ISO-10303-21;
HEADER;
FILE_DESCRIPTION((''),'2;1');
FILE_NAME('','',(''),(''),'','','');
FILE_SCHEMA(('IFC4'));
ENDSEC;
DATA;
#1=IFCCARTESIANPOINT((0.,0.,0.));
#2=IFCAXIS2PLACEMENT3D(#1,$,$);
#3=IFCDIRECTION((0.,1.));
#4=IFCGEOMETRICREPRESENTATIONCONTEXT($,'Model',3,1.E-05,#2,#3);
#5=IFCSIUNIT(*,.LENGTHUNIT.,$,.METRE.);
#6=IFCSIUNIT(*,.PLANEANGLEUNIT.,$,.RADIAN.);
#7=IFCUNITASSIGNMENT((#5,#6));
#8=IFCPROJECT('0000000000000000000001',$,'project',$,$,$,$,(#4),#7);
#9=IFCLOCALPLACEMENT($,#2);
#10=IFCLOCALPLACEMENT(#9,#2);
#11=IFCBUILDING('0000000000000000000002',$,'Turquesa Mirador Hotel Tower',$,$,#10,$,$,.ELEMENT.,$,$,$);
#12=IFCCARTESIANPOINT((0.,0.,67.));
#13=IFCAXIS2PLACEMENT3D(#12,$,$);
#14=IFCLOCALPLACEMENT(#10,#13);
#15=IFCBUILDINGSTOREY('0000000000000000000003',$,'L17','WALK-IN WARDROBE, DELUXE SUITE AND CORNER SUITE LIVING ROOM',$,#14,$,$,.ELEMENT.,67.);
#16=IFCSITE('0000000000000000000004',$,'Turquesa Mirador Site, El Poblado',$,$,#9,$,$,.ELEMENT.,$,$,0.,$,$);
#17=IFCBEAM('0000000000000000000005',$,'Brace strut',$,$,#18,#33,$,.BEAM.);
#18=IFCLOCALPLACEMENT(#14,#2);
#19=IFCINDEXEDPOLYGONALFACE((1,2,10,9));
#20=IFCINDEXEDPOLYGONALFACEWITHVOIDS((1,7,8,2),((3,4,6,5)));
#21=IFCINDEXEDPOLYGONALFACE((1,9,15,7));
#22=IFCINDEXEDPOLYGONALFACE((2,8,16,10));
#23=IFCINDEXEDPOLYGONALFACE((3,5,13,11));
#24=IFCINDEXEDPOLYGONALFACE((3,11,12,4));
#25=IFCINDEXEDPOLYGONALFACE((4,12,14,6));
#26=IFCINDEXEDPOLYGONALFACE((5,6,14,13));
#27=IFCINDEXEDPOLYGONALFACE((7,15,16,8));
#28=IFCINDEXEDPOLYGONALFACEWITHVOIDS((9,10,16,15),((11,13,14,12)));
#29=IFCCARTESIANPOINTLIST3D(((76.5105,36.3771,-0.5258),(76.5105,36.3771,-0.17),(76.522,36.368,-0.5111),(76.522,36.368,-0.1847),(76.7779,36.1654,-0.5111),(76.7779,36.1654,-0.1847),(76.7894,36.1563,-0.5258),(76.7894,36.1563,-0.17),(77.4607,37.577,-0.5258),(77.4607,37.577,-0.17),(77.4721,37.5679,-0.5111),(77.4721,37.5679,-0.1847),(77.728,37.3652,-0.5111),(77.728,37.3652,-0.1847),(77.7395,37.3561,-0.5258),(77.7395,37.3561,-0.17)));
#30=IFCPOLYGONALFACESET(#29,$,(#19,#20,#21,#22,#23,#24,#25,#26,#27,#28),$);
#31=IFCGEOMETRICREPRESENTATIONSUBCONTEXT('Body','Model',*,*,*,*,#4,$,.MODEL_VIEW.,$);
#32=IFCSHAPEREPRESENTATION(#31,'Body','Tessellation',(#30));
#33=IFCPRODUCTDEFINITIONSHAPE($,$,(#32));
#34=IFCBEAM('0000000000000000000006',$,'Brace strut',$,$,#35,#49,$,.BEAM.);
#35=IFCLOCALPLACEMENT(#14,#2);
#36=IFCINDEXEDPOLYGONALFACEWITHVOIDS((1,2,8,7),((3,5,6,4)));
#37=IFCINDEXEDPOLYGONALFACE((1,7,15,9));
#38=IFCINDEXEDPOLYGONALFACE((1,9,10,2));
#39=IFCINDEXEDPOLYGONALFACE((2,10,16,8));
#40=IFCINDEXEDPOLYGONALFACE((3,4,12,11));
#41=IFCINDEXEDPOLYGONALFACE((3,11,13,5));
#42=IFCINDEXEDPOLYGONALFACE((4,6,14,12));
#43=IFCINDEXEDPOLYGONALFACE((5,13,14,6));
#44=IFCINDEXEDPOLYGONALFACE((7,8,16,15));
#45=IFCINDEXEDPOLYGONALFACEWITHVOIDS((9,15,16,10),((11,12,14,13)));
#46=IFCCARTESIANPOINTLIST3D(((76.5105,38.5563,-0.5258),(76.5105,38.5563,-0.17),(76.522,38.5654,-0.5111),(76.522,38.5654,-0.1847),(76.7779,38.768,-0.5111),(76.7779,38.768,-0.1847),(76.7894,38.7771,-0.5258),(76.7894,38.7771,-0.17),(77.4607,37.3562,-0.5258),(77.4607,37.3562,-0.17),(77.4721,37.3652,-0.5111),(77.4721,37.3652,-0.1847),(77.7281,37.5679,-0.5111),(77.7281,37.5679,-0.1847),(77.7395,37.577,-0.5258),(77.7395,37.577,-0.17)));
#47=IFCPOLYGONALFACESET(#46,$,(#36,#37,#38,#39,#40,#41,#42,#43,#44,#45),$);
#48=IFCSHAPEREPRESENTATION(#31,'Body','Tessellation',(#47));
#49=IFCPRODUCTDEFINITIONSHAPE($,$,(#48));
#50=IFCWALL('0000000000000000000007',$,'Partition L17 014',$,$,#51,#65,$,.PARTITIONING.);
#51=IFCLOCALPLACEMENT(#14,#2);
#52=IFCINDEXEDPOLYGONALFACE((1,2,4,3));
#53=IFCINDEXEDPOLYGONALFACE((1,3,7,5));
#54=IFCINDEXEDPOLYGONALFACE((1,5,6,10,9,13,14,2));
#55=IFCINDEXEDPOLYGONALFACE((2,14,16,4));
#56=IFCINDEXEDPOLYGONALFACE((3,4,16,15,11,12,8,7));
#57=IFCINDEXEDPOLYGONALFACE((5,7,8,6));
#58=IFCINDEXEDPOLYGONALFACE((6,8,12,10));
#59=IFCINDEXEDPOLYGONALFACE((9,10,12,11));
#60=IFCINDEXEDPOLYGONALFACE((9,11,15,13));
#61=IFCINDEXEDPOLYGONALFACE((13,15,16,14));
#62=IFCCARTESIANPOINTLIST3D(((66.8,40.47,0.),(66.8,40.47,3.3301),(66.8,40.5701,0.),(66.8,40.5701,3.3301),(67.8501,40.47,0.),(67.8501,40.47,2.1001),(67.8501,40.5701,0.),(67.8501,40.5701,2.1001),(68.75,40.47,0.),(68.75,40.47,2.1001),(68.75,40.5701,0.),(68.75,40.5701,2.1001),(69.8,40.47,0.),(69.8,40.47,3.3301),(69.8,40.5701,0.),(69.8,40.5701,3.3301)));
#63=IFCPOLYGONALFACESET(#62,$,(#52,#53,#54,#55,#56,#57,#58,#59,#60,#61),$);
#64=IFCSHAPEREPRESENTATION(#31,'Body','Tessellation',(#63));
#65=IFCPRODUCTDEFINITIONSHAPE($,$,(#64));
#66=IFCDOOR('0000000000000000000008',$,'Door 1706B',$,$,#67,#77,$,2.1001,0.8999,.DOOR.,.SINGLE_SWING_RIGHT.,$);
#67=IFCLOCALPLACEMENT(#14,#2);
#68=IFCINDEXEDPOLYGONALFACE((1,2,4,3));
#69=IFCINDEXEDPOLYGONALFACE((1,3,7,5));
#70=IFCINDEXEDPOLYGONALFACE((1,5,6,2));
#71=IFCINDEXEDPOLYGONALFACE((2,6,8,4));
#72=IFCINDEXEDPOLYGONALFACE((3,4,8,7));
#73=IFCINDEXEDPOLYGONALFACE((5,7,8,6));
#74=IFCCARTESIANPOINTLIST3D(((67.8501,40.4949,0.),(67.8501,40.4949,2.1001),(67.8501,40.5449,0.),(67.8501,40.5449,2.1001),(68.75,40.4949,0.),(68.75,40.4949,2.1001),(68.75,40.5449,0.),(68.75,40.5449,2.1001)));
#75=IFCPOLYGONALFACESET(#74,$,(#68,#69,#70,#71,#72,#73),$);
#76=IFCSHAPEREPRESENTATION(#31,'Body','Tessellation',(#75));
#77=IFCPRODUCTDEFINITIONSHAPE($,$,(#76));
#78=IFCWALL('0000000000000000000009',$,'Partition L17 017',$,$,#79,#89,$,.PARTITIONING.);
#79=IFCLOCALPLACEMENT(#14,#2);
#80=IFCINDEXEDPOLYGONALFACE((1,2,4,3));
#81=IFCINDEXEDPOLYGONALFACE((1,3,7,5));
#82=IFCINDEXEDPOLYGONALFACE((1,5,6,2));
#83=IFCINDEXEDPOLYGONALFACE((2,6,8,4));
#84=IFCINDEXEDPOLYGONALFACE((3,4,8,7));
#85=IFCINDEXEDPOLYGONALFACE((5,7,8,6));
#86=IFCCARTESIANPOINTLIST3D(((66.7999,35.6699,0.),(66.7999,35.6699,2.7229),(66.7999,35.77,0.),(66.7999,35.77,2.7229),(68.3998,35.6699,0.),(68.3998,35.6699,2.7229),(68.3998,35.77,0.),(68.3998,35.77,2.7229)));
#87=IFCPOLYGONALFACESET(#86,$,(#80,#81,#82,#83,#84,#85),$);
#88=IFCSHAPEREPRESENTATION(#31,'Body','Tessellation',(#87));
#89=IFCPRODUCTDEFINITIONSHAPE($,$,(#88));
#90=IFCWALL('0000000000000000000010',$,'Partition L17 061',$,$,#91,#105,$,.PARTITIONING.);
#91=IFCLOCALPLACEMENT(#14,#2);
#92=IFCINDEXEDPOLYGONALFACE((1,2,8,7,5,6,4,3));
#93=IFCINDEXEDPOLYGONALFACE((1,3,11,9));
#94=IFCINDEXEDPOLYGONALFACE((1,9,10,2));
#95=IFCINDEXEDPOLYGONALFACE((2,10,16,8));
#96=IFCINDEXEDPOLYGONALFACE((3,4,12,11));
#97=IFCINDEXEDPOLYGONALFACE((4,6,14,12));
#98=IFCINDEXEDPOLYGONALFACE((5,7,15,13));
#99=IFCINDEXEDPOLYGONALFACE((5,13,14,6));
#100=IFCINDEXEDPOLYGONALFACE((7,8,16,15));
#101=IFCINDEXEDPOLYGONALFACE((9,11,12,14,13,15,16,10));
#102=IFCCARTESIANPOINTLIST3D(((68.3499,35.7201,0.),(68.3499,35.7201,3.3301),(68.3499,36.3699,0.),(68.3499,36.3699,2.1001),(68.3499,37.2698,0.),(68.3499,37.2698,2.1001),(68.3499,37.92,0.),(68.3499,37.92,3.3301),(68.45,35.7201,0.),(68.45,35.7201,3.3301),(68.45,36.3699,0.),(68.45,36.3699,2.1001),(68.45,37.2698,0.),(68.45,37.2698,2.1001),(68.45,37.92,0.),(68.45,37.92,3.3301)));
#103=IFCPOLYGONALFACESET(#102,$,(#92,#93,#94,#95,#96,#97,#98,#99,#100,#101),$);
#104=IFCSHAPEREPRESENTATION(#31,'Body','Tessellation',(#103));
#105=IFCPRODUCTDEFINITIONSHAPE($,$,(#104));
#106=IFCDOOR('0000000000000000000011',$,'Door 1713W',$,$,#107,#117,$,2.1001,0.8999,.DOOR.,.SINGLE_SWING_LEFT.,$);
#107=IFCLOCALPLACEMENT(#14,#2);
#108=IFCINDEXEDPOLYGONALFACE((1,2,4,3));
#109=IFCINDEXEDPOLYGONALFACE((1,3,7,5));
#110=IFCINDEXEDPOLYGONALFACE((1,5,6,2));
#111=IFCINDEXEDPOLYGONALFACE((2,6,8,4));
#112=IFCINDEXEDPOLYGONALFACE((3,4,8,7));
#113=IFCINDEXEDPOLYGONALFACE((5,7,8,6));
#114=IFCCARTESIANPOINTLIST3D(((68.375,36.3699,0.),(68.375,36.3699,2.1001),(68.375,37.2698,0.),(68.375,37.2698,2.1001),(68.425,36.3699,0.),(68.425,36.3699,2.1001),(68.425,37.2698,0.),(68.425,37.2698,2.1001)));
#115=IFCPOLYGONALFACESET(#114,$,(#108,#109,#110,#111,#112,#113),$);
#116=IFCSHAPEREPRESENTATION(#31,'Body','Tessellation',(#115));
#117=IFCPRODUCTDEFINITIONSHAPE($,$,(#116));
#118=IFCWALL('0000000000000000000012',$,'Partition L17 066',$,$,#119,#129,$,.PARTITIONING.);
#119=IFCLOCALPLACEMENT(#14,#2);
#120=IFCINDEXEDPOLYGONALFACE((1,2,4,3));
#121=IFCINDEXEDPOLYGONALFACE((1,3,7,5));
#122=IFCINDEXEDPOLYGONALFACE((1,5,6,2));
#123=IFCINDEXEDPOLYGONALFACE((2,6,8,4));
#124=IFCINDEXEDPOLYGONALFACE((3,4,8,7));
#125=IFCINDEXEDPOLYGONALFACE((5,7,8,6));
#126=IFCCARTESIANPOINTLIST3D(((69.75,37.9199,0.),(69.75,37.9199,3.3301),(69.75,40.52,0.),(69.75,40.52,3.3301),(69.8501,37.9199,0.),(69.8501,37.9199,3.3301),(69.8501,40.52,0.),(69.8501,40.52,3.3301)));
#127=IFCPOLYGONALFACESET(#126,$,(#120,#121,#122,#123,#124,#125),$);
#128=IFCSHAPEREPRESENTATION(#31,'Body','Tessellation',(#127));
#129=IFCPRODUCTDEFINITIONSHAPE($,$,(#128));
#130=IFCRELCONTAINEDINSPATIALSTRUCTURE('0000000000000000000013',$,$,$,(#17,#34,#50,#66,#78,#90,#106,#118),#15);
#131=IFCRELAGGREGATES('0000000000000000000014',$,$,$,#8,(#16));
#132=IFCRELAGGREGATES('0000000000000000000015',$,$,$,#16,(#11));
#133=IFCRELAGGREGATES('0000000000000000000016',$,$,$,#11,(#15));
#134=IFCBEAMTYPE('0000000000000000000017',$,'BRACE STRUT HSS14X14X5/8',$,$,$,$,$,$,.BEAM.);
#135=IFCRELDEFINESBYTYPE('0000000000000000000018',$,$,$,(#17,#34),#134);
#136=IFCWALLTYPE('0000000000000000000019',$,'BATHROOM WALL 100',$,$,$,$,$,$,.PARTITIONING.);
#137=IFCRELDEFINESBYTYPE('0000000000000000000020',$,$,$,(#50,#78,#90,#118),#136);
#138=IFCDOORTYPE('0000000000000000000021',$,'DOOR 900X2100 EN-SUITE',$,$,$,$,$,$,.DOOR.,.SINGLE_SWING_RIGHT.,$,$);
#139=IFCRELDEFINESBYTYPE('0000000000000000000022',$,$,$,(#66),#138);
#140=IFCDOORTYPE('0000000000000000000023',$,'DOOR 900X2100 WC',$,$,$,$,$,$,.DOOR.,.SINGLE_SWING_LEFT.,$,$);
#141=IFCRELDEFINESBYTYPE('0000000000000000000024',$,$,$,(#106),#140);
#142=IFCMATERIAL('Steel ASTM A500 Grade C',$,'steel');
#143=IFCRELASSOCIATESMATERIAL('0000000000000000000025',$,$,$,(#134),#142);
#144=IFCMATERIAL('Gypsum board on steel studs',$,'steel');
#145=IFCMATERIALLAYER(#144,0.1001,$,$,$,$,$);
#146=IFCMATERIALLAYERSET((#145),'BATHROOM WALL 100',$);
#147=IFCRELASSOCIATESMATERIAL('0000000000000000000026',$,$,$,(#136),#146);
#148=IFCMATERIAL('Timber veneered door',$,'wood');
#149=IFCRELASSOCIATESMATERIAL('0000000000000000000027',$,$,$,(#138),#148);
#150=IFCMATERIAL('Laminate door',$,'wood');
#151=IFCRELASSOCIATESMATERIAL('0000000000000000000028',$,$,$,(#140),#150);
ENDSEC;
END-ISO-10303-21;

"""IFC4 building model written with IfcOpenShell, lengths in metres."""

from ifc_helpers import new_model, si_unit, direction, frame, frame_2d, origin, origin_2d, place, context, subcontext, project, spatial, rectangle, hollow_rectangle, extrude, material, layer, layer_set, material_profile, profile_set, type_object, element, fill, save


model = new_model("IFC4")

# Units and contexts
model_context = context("Model", 3, precision=1e-05, world=origin(), true_north=direction((0.0, 1.0)))
body_context = subcontext(model_context, "Body", "Model", "MODEL_VIEW")
ifc_project = project(units=[si_unit("LENGTHUNIT", "METRE"), si_unit("PLANEANGLEUNIT", "RADIAN")], contexts=[model_context])

# Site, building, storey
site_placement = place(None, origin())
site = spatial("IfcSite", under=ifc_project, at=site_placement, Name="Turquesa Mirador Site, El Poblado", CompositionType="ELEMENT", RefElevation=0.0)
building_placement = place(site_placement, origin())
building = spatial("IfcBuilding", under=site, at=building_placement, Name="Turquesa Mirador Hotel Tower", CompositionType="ELEMENT")
storey_placement = place(building_placement, frame((0.0, 0.0, 67.0)))
storey = spatial("IfcBuildingStorey", under=building, at=storey_placement, Name="L17", Description="WALK-IN WARDROBE, DELUXE SUITE AND CORNER SUITE LIVING ROOM", CompositionType="ELEMENT", Elevation=67.0)

# Beams
ifc_material_1 = material(Name="Steel ASTM A500 Grade C", Category="steel")
ifc_material_profile_1 = material_profile(ifc_material_1, hollow_rectangle(XDim=0.3557, YDim=0.3557, WallThickness=0.0146, at=origin_2d()), Name="HSS14X14X5/8")
ifc_profile_set_1 = profile_set([ifc_material_profile_1], Name="Steel ASTM A500 Grade C")
beam_type_1 = type_object("IfcBeamType", Name="BRACE STRUT HSS14X14X5/8", PredefinedType="BEAM", material=ifc_profile_set_1)
beam_1_placement = place(storey_placement, frame((77.6001, 37.4666, -0.3479), z_axis=(-0.620797, -0.783971, 0.0), x_axis=(0.783971, -0.620797, 0.0)))
element("IfcBeam", 1, at=beam_1_placement, inside=storey, type_object=beam_type_1, Name="Brace strut", PredefinedType="BEAM", context=body_context, shape_type="SweptSolid", body=[
    extrude(hollow_rectangle(XDim=0.3557, YDim=0.3557, WallThickness=0.0146, at=origin_2d()), origin(), (0.0, 0.0, 1.0), 1.5305),
])
beam_2_placement = place(storey_placement, frame((77.6001, 37.4666, -0.3479), z_axis=(-0.620719, 0.784033, 0.0), x_axis=(-0.784033, -0.620719, 0.0)))
element("IfcBeam", 2, at=beam_2_placement, inside=storey, type_object=beam_type_1, Name="Brace strut", PredefinedType="BEAM", context=body_context, shape_type="SweptSolid", body=[
    extrude(hollow_rectangle(XDim=0.3557, YDim=0.3557, WallThickness=0.0146, at=origin_2d()), origin(), (0.0, 0.0, 1.0), 1.5308),
])

# Wall, opening, door
ifc_material_2 = material(Name="Gypsum board on steel studs", Category="steel")
ifc_layer_1 = layer(ifc_material_2, 0.1001)
ifc_layer_set_1 = layer_set([ifc_layer_1], Name="BATHROOM WALL 100")
wall_type_1 = type_object("IfcWallType", Name="BATHROOM WALL 100", PredefinedType="PARTITIONING", material=ifc_layer_set_1)
wall_1_placement = place(storey_placement, frame((66.8, 40.52, 0.0), z_axis=(0.0, 0.0, 1.0), x_axis=(1.0, 0.0, 0.0)))
wall_1 = element("IfcWall", 3, at=wall_1_placement, inside=storey, type_object=wall_type_1, Name="Partition L17 014", PredefinedType="PARTITIONING", context=body_context, shape_type="SweptSolid", body=[
    extrude(rectangle(XDim=3.0, YDim=0.1001, at=frame_2d((1.5, 0.0))), origin(), (0.0, 0.0, 1.0), 3.3301),
])
opening_1_placement = place(wall_1_placement, frame((1.05, 0.0, 0.0)))
opening_1 = element("IfcOpeningElement", 4, at=opening_1_placement, cuts=wall_1, PredefinedType="OPENING", context=body_context, shape_type="SweptSolid", body=[
    extrude(rectangle(XDim=0.8999, YDim=2.1001, at=frame_2d((0.45, 1.05))), frame((0.0, 0.0601, 0.0), z_axis=(0.0, -1.0, 0.0), x_axis=(1.0, 0.0, 0.0)), (0.0, 0.0, 1.0), 0.1201),
])
ifc_material_3 = material(Name="Timber veneered door", Category="wood")
door_type_1 = type_object("IfcDoorType", Name="DOOR 900X2100 EN-SUITE", OperationType="SINGLE_SWING_RIGHT", PredefinedType="DOOR", material=ifc_material_3)
door_1_placement = place(opening_1_placement, origin())
door_1 = element("IfcDoor", 5, at=door_1_placement, inside=storey, type_object=door_type_1, Name="Door 1706B", OperationType="SINGLE_SWING_RIGHT", OverallHeight=2.1001, OverallWidth=0.8999, PredefinedType="DOOR", context=body_context, shape_type="SweptSolid", body=[
    extrude(rectangle(XDim=0.8999, YDim=2.1001, at=frame_2d((0.45, 1.05))), frame((0.0, 0.0249, 0.0), z_axis=(0.0, -1.0, 0.0), x_axis=(1.0, 0.0, 0.0)), (0.0, 0.0, 1.0), 0.05),
])
fill(opening_1, door_1)

# Wall
wall_2_placement = place(storey_placement, frame((66.8, 35.72, 0.0), z_axis=(0.0, 0.0, 1.0), x_axis=(1.0, 0.0, 0.0)))
element("IfcWall", 6, at=wall_2_placement, inside=storey, type_object=wall_type_1, Name="Partition L17 017", PredefinedType="PARTITIONING", context=body_context, shape_type="SweptSolid", body=[
    extrude(rectangle(XDim=1.5999, YDim=0.1001, at=frame_2d((0.7998, 0.0))), origin(), (0.0, 0.0, 1.0), 2.7229),
])

# Wall, opening, door
wall_3_placement = place(storey_placement, frame((68.3999, 35.72, 0.0), z_axis=(0.0, 0.0, 1.0), x_axis=(0.0, 1.0, 0.0)))
wall_3 = element("IfcWall", 7, at=wall_3_placement, inside=storey, type_object=wall_type_1, Name="Partition L17 061", PredefinedType="PARTITIONING", context=body_context, shape_type="SweptSolid", body=[
    extrude(rectangle(XDim=2.2, YDim=0.1001, at=frame_2d((1.1001, 0.0))), origin(), (0.0, 0.0, 1.0), 3.3301),
])
opening_2_placement = place(wall_3_placement, frame((0.6499, 0.0, 0.0)))
opening_2 = element("IfcOpeningElement", 8, at=opening_2_placement, cuts=wall_3, PredefinedType="OPENING", context=body_context, shape_type="SweptSolid", body=[
    extrude(rectangle(XDim=0.8999, YDim=2.1001, at=frame_2d((0.45, 1.05))), frame((0.0, 0.0601, 0.0), z_axis=(0.0, -1.0, 0.0), x_axis=(1.0, 0.0, 0.0)), (0.0, 0.0, 1.0), 0.1201),
])
ifc_material_4 = material(Name="Laminate door", Category="wood")
door_type_2 = type_object("IfcDoorType", Name="DOOR 900X2100 WC", OperationType="SINGLE_SWING_LEFT", PredefinedType="DOOR", material=ifc_material_4)
door_2_placement = place(opening_2_placement, origin())
door_2 = element("IfcDoor", 9, at=door_2_placement, inside=storey, type_object=door_type_2, Name="Door 1713W", OperationType="SINGLE_SWING_LEFT", OverallHeight=2.1001, OverallWidth=0.8999, PredefinedType="DOOR", context=body_context, shape_type="SweptSolid", body=[
    extrude(rectangle(XDim=0.8999, YDim=2.1001, at=frame_2d((0.45, 1.05))), frame((0.0, 0.0249, 0.0), z_axis=(0.0, -1.0, 0.0), x_axis=(1.0, 0.0, 0.0)), (0.0, 0.0, 1.0), 0.05),
])
fill(opening_2, door_2)

# Wall
wall_4_placement = place(storey_placement, frame((69.8, 37.9199, 0.0), z_axis=(0.0, 0.0, 1.0), x_axis=(0.0, 1.0, 0.0)))
element("IfcWall", 10, at=wall_4_placement, inside=storey, type_object=wall_type_1, Name="Partition L17 066", PredefinedType="PARTITIONING", context=body_context, shape_type="SweptSolid", body=[
    extrude(rectangle(XDim=2.6001, YDim=0.1001, at=frame_2d((1.3, 0.0))), origin(), (0.0, 0.0, 1.0), 3.3301),
])

save(model, "model.ifc")
